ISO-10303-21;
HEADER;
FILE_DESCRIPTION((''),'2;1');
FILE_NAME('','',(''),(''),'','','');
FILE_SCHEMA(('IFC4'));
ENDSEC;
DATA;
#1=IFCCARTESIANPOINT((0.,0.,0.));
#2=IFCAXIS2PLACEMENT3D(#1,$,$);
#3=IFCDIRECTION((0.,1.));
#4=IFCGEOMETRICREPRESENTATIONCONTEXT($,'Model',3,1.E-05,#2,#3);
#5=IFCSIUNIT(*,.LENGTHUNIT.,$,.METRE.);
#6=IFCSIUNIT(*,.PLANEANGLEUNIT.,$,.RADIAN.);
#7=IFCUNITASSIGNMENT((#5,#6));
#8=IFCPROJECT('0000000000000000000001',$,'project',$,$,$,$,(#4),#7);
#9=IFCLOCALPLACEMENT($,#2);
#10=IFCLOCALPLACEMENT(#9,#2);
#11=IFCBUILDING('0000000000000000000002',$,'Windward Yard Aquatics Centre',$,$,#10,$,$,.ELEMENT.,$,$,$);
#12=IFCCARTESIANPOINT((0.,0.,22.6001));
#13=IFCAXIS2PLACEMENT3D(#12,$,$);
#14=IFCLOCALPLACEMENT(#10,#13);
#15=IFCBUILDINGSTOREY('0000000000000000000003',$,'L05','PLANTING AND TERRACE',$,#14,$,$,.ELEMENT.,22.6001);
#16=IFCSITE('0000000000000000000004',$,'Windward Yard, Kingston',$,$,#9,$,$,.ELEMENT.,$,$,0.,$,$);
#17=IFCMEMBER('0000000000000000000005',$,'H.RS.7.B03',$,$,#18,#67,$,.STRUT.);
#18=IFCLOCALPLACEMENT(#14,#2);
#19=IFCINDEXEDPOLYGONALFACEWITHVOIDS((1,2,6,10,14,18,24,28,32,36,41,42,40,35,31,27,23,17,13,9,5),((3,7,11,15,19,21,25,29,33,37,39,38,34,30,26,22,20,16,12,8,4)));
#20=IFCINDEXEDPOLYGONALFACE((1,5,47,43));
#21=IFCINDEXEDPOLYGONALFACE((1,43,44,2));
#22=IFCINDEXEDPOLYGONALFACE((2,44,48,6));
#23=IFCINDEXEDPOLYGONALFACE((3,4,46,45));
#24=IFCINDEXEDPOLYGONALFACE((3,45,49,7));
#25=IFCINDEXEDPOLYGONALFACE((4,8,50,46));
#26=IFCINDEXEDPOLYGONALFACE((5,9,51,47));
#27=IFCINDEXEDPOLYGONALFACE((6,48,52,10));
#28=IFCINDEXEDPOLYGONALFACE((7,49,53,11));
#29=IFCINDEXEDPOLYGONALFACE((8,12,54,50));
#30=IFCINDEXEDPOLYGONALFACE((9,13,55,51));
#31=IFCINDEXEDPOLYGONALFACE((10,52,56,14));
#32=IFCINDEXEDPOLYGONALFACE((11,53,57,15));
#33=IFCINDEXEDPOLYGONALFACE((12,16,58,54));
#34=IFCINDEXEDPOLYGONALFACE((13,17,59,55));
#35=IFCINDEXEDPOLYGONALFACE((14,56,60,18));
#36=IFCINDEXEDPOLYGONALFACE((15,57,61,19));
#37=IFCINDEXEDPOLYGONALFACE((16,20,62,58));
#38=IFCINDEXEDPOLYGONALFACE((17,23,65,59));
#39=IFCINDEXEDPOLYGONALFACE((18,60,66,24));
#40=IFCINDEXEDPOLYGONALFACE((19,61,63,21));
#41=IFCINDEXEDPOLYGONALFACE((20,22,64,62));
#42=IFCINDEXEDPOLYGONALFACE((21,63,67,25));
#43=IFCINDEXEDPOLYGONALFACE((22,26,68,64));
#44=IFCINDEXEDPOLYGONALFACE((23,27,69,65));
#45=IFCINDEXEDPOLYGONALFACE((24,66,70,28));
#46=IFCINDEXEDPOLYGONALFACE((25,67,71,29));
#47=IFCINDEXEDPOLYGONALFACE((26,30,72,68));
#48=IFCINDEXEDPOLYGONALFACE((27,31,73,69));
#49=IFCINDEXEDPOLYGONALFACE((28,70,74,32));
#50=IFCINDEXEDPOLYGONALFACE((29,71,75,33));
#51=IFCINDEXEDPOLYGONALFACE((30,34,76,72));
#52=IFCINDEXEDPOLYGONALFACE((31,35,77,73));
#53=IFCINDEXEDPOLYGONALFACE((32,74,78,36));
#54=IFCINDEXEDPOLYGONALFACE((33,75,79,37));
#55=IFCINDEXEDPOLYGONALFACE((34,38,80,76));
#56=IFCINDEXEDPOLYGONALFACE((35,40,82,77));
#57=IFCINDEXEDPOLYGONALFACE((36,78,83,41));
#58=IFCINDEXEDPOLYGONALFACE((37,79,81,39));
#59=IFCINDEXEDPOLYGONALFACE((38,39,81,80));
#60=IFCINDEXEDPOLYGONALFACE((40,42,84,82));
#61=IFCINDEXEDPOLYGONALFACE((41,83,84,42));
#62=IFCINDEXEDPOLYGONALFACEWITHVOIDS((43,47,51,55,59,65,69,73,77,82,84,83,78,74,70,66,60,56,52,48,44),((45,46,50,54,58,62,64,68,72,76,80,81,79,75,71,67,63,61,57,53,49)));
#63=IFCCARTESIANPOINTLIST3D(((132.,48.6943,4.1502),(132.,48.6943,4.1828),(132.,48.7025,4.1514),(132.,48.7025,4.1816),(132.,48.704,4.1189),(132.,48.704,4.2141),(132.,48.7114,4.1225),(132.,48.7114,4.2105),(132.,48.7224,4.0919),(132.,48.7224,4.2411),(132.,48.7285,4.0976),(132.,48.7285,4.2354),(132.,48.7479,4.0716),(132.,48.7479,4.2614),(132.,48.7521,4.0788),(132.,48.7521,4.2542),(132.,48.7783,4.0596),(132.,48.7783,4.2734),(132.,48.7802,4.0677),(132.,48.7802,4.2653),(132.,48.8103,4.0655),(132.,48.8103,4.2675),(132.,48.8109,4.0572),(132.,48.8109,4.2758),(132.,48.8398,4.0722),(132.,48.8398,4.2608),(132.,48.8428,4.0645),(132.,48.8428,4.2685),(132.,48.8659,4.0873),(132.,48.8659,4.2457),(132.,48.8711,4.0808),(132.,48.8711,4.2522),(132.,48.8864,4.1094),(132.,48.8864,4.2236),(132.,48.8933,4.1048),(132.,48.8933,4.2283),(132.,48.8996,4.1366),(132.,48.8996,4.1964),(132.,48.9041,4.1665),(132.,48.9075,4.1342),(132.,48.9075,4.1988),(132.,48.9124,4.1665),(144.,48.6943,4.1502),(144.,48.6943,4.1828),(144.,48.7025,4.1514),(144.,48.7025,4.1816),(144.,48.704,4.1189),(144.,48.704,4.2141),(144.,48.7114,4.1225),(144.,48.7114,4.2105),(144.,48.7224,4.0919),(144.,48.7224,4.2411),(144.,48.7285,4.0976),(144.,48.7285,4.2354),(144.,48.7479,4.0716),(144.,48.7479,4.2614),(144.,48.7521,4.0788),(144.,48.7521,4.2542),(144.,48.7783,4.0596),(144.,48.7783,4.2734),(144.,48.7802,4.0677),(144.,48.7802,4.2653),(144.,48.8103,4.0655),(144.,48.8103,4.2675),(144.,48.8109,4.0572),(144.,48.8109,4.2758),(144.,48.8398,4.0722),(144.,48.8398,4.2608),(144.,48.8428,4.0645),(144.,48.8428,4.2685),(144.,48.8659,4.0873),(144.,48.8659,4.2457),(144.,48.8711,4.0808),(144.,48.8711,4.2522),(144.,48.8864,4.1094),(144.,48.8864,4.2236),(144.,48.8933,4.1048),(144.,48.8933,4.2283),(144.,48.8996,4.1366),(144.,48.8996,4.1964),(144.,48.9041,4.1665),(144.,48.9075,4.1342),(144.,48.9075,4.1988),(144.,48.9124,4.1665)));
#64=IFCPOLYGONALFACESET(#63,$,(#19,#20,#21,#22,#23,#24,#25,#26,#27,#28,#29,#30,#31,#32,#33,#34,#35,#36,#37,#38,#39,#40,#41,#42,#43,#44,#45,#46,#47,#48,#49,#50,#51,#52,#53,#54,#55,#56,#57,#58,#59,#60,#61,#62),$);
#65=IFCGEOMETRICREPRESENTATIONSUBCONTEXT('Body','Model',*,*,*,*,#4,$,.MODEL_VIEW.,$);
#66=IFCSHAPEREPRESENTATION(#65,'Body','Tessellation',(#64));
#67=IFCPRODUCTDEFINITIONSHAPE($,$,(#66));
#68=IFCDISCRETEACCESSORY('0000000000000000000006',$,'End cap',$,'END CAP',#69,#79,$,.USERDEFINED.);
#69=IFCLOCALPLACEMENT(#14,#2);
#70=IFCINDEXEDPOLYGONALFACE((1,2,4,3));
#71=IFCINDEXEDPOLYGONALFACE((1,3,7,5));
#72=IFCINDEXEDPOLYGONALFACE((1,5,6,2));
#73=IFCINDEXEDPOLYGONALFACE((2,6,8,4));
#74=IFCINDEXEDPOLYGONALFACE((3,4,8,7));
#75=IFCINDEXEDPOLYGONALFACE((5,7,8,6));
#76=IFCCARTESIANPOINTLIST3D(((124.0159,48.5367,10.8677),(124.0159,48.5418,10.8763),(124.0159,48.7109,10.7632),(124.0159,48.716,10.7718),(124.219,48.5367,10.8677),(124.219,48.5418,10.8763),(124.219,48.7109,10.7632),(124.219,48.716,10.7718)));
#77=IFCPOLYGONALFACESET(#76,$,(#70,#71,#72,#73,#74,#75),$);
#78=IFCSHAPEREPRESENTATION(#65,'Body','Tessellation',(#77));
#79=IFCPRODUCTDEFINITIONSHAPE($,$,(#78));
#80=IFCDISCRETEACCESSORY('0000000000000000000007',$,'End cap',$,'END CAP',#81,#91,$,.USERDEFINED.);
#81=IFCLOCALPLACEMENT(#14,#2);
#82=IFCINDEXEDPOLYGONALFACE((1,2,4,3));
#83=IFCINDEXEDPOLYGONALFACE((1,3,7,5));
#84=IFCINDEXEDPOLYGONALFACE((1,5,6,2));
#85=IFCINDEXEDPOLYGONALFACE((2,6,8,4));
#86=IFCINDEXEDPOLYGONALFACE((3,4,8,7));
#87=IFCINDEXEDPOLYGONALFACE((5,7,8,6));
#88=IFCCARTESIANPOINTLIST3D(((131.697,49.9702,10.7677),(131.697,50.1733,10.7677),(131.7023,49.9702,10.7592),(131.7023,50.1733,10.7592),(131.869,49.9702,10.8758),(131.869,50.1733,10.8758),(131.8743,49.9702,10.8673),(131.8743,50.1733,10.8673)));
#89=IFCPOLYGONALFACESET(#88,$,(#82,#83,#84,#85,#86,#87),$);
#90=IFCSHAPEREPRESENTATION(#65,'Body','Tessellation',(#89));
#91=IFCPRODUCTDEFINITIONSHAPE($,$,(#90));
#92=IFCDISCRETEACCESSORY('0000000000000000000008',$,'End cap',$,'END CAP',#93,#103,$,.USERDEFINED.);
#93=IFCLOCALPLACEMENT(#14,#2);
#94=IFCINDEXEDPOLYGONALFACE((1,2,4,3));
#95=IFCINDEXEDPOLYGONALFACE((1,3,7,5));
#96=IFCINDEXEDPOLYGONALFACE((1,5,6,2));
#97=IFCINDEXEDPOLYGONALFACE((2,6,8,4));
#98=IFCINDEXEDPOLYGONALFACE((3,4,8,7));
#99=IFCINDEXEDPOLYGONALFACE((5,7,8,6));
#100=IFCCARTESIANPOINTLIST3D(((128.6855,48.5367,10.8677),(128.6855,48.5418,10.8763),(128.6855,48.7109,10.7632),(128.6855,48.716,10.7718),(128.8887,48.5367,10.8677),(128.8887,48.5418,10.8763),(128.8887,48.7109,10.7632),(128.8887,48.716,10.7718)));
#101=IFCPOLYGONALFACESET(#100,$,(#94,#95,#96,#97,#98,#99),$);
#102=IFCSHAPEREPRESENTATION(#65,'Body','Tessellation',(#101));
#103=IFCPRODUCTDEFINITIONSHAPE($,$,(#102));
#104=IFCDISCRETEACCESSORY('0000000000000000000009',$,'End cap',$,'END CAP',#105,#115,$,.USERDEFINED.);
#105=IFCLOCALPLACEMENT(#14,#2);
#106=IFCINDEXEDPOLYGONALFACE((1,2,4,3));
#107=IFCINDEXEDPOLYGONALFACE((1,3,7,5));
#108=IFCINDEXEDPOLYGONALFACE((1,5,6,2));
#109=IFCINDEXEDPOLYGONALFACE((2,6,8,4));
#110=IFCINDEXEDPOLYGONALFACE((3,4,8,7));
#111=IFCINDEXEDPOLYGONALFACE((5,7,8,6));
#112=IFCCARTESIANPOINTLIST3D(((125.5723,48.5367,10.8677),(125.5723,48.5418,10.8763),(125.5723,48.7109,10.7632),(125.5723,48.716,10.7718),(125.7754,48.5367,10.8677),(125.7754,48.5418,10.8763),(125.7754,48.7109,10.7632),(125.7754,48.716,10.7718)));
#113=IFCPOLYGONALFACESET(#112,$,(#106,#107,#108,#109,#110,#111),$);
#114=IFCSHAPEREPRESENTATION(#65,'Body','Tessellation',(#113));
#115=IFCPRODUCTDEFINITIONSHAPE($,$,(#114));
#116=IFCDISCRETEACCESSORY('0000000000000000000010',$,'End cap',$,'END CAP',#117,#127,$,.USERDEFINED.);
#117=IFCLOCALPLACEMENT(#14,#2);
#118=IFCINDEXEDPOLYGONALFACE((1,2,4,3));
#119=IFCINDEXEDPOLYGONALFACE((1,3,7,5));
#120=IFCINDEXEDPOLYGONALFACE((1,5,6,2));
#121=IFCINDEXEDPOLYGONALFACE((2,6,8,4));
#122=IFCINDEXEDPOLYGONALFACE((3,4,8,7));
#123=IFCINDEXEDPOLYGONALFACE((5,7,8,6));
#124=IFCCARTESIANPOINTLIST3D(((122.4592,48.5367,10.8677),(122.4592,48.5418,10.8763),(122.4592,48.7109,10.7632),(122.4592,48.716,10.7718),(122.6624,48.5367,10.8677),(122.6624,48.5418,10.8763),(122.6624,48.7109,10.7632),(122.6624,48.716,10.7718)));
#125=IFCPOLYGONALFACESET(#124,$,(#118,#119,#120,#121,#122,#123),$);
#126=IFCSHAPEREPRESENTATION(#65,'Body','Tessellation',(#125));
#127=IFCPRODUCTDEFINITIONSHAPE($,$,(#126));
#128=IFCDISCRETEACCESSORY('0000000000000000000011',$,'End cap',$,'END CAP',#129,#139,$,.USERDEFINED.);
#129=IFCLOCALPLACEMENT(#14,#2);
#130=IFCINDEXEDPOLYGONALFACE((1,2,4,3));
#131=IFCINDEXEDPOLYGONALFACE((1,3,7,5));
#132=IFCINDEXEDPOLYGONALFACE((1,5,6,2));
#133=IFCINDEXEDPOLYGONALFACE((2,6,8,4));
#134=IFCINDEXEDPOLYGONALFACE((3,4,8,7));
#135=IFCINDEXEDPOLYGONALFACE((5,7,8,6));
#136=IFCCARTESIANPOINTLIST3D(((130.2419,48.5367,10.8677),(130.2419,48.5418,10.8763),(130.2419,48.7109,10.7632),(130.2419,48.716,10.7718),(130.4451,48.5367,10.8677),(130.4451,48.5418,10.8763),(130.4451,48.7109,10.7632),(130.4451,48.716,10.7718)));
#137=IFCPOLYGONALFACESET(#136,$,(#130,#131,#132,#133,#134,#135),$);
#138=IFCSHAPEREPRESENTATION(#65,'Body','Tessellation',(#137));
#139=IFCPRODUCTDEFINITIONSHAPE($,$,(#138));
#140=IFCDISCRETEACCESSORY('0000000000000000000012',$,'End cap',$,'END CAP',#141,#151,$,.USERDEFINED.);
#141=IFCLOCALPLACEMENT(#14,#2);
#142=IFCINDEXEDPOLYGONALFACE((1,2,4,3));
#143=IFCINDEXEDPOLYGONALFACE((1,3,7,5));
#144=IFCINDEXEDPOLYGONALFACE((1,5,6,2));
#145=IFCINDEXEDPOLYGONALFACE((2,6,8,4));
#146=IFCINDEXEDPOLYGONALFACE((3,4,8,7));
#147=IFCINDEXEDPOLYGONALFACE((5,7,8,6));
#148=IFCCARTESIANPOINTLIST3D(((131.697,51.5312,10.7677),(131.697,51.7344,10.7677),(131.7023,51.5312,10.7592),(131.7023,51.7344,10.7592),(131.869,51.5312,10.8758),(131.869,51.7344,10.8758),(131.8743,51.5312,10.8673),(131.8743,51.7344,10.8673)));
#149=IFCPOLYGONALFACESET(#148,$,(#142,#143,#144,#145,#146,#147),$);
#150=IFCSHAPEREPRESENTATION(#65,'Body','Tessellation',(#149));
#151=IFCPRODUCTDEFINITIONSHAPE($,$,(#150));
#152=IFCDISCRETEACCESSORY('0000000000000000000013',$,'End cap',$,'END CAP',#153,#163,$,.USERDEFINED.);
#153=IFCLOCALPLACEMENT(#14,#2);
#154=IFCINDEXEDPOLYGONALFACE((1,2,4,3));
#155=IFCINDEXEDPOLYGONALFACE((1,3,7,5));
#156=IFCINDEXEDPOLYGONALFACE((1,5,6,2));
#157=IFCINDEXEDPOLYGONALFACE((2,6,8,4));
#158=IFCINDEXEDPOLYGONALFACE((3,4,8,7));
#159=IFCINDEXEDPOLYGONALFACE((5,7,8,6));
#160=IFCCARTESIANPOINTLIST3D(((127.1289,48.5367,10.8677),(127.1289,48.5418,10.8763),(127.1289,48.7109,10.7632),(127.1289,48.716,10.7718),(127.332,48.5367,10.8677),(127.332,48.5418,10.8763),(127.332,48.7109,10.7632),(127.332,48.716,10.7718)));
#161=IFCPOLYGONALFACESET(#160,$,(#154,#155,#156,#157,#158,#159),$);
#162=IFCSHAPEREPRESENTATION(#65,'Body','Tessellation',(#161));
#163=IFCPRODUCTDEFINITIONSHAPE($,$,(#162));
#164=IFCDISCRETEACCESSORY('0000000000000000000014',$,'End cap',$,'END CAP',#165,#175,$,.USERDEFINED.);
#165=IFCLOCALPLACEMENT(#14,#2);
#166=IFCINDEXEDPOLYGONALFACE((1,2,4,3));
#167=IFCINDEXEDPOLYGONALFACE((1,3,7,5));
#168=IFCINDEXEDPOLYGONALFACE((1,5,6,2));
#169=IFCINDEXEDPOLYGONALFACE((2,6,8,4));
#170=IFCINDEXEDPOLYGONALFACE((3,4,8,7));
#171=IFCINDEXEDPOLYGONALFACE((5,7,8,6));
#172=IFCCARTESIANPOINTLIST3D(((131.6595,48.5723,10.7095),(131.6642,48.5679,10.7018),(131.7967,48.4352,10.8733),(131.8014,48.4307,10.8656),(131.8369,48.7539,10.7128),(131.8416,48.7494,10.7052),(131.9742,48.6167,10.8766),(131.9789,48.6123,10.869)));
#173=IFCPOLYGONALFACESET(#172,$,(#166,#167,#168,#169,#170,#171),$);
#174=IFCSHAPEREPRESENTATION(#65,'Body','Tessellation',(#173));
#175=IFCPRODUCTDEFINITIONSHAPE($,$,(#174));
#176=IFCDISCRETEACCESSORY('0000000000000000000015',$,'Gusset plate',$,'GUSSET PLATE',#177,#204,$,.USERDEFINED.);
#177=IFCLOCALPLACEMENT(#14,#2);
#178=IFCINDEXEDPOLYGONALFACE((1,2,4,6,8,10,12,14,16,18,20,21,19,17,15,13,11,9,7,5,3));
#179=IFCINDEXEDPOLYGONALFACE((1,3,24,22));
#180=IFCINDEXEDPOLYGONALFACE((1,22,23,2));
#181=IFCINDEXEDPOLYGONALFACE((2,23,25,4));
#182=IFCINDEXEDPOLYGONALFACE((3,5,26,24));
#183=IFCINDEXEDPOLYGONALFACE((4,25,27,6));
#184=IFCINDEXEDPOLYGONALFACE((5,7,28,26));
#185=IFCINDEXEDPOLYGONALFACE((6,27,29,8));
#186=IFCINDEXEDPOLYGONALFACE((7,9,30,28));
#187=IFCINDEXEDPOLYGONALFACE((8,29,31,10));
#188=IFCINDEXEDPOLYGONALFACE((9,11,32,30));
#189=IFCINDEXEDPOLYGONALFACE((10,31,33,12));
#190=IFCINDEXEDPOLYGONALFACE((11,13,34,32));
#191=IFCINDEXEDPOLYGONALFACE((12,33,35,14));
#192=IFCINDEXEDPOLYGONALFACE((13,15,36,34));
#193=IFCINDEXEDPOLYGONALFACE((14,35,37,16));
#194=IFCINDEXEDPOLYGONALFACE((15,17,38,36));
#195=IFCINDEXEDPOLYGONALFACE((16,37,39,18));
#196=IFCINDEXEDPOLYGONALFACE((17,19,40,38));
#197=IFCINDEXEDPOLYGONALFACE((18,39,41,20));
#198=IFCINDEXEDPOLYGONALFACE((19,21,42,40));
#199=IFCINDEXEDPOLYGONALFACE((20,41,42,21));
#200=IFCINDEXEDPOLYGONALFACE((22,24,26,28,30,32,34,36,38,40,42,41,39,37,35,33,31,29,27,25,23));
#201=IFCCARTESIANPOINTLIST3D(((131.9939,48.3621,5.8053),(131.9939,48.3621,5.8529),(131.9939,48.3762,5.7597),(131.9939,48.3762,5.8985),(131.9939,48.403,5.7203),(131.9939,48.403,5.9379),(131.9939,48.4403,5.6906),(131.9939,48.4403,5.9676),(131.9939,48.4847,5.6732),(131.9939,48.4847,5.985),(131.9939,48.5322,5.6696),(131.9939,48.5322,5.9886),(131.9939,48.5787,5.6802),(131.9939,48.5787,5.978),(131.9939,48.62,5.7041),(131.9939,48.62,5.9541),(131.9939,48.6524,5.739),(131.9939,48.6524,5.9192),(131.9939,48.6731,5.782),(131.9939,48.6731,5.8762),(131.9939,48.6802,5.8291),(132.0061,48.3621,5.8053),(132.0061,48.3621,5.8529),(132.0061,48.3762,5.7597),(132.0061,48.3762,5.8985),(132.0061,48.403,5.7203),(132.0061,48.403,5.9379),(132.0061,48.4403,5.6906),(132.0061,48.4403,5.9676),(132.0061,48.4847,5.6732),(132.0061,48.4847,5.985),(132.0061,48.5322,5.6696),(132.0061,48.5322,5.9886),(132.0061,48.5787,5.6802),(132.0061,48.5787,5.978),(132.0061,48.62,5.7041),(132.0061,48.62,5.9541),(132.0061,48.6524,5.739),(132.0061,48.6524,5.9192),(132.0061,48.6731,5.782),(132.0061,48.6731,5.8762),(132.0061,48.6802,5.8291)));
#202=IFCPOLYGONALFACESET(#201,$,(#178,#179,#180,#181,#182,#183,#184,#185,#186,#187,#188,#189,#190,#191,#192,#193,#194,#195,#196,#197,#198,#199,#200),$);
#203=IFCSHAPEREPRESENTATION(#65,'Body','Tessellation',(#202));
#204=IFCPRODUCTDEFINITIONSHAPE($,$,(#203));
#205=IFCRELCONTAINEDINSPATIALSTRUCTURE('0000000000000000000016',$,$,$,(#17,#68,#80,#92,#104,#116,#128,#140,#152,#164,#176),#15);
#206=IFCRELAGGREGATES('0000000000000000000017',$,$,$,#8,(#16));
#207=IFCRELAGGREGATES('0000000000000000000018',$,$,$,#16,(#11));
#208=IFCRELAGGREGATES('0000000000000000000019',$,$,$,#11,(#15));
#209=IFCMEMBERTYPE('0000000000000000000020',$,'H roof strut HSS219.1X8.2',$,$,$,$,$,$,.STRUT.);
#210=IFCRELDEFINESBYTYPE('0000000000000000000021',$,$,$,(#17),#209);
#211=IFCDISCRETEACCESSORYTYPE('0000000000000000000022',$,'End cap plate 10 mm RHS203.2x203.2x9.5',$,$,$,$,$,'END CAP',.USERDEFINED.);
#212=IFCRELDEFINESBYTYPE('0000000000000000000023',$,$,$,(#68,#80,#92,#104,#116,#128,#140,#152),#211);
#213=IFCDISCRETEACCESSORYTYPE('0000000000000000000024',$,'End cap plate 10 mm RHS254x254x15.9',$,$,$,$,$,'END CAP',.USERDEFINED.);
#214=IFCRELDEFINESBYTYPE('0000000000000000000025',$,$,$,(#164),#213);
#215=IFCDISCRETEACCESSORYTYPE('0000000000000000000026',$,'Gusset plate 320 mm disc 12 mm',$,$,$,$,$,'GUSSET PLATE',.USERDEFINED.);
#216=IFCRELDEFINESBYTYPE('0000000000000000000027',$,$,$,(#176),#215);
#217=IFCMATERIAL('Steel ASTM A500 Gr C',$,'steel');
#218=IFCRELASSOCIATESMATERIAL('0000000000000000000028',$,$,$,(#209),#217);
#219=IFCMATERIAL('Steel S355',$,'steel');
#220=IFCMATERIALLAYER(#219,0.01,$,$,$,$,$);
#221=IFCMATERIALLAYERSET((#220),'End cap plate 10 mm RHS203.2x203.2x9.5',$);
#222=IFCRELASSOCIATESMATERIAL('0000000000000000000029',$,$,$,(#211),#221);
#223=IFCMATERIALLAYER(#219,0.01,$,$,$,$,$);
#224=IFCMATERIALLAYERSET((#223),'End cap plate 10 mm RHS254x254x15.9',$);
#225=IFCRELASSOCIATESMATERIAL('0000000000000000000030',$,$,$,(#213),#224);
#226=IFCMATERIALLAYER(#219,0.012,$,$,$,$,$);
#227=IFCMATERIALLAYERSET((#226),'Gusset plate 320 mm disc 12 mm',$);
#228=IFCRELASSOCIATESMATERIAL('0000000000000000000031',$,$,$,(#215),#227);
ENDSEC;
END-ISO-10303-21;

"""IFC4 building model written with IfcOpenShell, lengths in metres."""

from ifc_helpers import new_model, si_unit, direction, frame, origin, origin_2d, place, context, subcontext, project, spatial, rectangle, circle, hollow_circle, extrude, material, layer, layer_set, material_profile, profile_set, type_object, element, save


model = new_model("IFC4")

# Units and contexts
model_context = context("Model", 3, precision=1e-05, world=origin(), true_north=direction((0.0, 1.0)))
body_context = subcontext(model_context, "Body", "Model", "MODEL_VIEW")
ifc_project = project(units=[si_unit("LENGTHUNIT", "METRE"), si_unit("PLANEANGLEUNIT", "RADIAN")], contexts=[model_context])

# Site, building, storey
site_placement = place(None, origin())
site = spatial("IfcSite", under=ifc_project, at=site_placement, Name="Windward Yard, Kingston", CompositionType="ELEMENT", RefElevation=0.0)
building_placement = place(site_placement, origin())
building = spatial("IfcBuilding", under=site, at=building_placement, Name="Windward Yard Aquatics Centre", CompositionType="ELEMENT")
storey_placement = place(building_placement, frame((0.0, 0.0, 22.6001)))
storey = spatial("IfcBuildingStorey", under=building, at=storey_placement, Name="L05", Description="PLANTING AND TERRACE", CompositionType="ELEMENT", Elevation=22.6001)

# Member
ifc_material_1 = material(Name="Steel ASTM A500 Gr C", Category="steel")
ifc_material_profile_1 = material_profile(ifc_material_1, hollow_circle(Radius=0.1096, WallThickness=0.0083, at=origin_2d()), Name="HSS219.1X8.2")
ifc_profile_set_1 = profile_set([ifc_material_profile_1], Name="Steel ASTM A500 Gr C")
member_type_1 = type_object("IfcMemberType", Name="H roof strut HSS219.1X8.2", PredefinedType="STRUT", material=ifc_profile_set_1)
for number, where, z_axis, x_axis, name in (
    (1, (132.0, 48.8027, 4.1665), (1.0, 0.0, 0.0), (0.0, 1.0, 0.0), "H.RS.7.B03"),
):
    element("IfcMember", number, at=place(storey_placement, frame(where, z_axis=z_axis, x_axis=x_axis)), inside=storey, type_object=member_type_1, Name=name, PredefinedType="STRUT", context=body_context, shape_type="SweptSolid", body=[
        extrude(hollow_circle(Radius=0.1096, WallThickness=0.0083, at=origin_2d()), origin(), (0.0, 0.0, 1.0), 12.0),
    ])

# Discrete accessories
ifc_material_2 = material(Name="Steel S355", Category="steel")
ifc_layer_1 = layer(ifc_material_2, 0.01)
ifc_layer_set_1 = layer_set([ifc_layer_1], Name="End cap plate 10 mm RHS203.2x203.2x9.5")
discrete_accessory_type_1 = type_object("IfcDiscreteAccessoryType", Name="End cap plate 10 mm RHS203.2x203.2x9.5", ElementType="END CAP", PredefinedType="USERDEFINED", material=ifc_layer_set_1)
for number, where, z_axis, x_axis, name in (
    (2, (124.1174, 48.6238, 10.8154), (0.0, 0.514496, 0.857493), (-1.0, 0.0, 0.0), "End cap"),
    (3, (131.7883, 50.0718, 10.8132), (-0.532172, 0.0, 0.846637), (0.0, -1.0, 0.0), "End cap"),
    (4, (128.7871, 48.6238, 10.8154), (0.0, 0.514496, 0.857493), (-1.0, 0.0, 0.0), "End cap"),
    (5, (125.6738, 48.6238, 10.8154), (0.0, 0.514496, 0.857493), (-1.0, 0.0, 0.0), "End cap"),
    (6, (122.5608, 48.6238, 10.8154), (0.0, 0.514496, 0.857493), (-1.0, 0.0, 0.0), "End cap"),
    (7, (130.3435, 48.6238, 10.8154), (0.0, 0.514496, 0.857493), (-1.0, 0.0, 0.0), "End cap"),
    (8, (131.7883, 51.6328, 10.8132), (-0.532172, 0.0, 0.846637), (0.0, -1.0, 0.0), "End cap"),
    (9, (127.2305, 48.6238, 10.8154), (0.0, 0.514496, 0.857493), (-1.0, 0.0, 0.0), "End cap"),
):
    element("IfcDiscreteAccessory", number, at=place(storey_placement, frame(where, z_axis=z_axis, x_axis=x_axis)), inside=storey, type_object=discrete_accessory_type_1, Name=name, ObjectType="END CAP", PredefinedType="USERDEFINED", context=body_context, shape_type="SweptSolid", body=[
        extrude(rectangle(XDim=0.2031, YDim=0.2031, at=origin_2d()), origin(), (0.0, 0.0, 1.0), 0.01),
    ])
ifc_layer_2 = layer(ifc_material_2, 0.01)
ifc_layer_set_2 = layer_set([ifc_layer_2], Name="End cap plate 10 mm RHS254x254x15.9")
discrete_accessory_type_2 = type_object("IfcDiscreteAccessoryType", Name="End cap plate 10 mm RHS254x254x15.9", ElementType="END CAP", PredefinedType="USERDEFINED", material=ifc_layer_set_2)
discrete_accessory_placement = place(storey_placement, frame((131.8215, 48.5901, 10.7854), z_axis=(-0.468316, 0.443667, 0.764094), x_axis=(-0.698912, -0.715086, -0.013154)))
element("IfcDiscreteAccessory", 10, at=discrete_accessory_placement, inside=storey, type_object=discrete_accessory_type_2, Name="End cap", ObjectType="END CAP", PredefinedType="USERDEFINED", context=body_context, shape_type="SweptSolid", body=[
    extrude(rectangle(XDim=0.2539, YDim=0.2539, at=origin_2d()), origin(), (0.0, 0.0, 1.0), 0.01),
])
ifc_layer_3 = layer(ifc_material_2, 0.012)
ifc_layer_set_3 = layer_set([ifc_layer_3], Name="Gusset plate 320 mm disc 12 mm")
discrete_accessory_type_3 = type_object("IfcDiscreteAccessoryType", Name="Gusset plate 320 mm disc 12 mm", ElementType="GUSSET PLATE", PredefinedType="USERDEFINED", material=ifc_layer_set_3)
for number, where, z_axis, x_axis, name in (
    (11, (131.9939, 48.5203, 5.8291), (1.0, 0.0, 0.0), (0.0, 1.0, 0.0), "Gusset plate"),
):
    element("IfcDiscreteAccessory", number, at=place(storey_placement, frame(where, z_axis=z_axis, x_axis=x_axis)), inside=storey, type_object=discrete_accessory_type_3, Name=name, ObjectType="GUSSET PLATE", PredefinedType="USERDEFINED", context=body_context, shape_type="SweptSolid", body=[
        extrude(circle(Radius=0.1599, at=origin_2d()), origin(), (0.0, 0.0, 1.0), 0.0122),
    ])

save(model, "model.ifc")
